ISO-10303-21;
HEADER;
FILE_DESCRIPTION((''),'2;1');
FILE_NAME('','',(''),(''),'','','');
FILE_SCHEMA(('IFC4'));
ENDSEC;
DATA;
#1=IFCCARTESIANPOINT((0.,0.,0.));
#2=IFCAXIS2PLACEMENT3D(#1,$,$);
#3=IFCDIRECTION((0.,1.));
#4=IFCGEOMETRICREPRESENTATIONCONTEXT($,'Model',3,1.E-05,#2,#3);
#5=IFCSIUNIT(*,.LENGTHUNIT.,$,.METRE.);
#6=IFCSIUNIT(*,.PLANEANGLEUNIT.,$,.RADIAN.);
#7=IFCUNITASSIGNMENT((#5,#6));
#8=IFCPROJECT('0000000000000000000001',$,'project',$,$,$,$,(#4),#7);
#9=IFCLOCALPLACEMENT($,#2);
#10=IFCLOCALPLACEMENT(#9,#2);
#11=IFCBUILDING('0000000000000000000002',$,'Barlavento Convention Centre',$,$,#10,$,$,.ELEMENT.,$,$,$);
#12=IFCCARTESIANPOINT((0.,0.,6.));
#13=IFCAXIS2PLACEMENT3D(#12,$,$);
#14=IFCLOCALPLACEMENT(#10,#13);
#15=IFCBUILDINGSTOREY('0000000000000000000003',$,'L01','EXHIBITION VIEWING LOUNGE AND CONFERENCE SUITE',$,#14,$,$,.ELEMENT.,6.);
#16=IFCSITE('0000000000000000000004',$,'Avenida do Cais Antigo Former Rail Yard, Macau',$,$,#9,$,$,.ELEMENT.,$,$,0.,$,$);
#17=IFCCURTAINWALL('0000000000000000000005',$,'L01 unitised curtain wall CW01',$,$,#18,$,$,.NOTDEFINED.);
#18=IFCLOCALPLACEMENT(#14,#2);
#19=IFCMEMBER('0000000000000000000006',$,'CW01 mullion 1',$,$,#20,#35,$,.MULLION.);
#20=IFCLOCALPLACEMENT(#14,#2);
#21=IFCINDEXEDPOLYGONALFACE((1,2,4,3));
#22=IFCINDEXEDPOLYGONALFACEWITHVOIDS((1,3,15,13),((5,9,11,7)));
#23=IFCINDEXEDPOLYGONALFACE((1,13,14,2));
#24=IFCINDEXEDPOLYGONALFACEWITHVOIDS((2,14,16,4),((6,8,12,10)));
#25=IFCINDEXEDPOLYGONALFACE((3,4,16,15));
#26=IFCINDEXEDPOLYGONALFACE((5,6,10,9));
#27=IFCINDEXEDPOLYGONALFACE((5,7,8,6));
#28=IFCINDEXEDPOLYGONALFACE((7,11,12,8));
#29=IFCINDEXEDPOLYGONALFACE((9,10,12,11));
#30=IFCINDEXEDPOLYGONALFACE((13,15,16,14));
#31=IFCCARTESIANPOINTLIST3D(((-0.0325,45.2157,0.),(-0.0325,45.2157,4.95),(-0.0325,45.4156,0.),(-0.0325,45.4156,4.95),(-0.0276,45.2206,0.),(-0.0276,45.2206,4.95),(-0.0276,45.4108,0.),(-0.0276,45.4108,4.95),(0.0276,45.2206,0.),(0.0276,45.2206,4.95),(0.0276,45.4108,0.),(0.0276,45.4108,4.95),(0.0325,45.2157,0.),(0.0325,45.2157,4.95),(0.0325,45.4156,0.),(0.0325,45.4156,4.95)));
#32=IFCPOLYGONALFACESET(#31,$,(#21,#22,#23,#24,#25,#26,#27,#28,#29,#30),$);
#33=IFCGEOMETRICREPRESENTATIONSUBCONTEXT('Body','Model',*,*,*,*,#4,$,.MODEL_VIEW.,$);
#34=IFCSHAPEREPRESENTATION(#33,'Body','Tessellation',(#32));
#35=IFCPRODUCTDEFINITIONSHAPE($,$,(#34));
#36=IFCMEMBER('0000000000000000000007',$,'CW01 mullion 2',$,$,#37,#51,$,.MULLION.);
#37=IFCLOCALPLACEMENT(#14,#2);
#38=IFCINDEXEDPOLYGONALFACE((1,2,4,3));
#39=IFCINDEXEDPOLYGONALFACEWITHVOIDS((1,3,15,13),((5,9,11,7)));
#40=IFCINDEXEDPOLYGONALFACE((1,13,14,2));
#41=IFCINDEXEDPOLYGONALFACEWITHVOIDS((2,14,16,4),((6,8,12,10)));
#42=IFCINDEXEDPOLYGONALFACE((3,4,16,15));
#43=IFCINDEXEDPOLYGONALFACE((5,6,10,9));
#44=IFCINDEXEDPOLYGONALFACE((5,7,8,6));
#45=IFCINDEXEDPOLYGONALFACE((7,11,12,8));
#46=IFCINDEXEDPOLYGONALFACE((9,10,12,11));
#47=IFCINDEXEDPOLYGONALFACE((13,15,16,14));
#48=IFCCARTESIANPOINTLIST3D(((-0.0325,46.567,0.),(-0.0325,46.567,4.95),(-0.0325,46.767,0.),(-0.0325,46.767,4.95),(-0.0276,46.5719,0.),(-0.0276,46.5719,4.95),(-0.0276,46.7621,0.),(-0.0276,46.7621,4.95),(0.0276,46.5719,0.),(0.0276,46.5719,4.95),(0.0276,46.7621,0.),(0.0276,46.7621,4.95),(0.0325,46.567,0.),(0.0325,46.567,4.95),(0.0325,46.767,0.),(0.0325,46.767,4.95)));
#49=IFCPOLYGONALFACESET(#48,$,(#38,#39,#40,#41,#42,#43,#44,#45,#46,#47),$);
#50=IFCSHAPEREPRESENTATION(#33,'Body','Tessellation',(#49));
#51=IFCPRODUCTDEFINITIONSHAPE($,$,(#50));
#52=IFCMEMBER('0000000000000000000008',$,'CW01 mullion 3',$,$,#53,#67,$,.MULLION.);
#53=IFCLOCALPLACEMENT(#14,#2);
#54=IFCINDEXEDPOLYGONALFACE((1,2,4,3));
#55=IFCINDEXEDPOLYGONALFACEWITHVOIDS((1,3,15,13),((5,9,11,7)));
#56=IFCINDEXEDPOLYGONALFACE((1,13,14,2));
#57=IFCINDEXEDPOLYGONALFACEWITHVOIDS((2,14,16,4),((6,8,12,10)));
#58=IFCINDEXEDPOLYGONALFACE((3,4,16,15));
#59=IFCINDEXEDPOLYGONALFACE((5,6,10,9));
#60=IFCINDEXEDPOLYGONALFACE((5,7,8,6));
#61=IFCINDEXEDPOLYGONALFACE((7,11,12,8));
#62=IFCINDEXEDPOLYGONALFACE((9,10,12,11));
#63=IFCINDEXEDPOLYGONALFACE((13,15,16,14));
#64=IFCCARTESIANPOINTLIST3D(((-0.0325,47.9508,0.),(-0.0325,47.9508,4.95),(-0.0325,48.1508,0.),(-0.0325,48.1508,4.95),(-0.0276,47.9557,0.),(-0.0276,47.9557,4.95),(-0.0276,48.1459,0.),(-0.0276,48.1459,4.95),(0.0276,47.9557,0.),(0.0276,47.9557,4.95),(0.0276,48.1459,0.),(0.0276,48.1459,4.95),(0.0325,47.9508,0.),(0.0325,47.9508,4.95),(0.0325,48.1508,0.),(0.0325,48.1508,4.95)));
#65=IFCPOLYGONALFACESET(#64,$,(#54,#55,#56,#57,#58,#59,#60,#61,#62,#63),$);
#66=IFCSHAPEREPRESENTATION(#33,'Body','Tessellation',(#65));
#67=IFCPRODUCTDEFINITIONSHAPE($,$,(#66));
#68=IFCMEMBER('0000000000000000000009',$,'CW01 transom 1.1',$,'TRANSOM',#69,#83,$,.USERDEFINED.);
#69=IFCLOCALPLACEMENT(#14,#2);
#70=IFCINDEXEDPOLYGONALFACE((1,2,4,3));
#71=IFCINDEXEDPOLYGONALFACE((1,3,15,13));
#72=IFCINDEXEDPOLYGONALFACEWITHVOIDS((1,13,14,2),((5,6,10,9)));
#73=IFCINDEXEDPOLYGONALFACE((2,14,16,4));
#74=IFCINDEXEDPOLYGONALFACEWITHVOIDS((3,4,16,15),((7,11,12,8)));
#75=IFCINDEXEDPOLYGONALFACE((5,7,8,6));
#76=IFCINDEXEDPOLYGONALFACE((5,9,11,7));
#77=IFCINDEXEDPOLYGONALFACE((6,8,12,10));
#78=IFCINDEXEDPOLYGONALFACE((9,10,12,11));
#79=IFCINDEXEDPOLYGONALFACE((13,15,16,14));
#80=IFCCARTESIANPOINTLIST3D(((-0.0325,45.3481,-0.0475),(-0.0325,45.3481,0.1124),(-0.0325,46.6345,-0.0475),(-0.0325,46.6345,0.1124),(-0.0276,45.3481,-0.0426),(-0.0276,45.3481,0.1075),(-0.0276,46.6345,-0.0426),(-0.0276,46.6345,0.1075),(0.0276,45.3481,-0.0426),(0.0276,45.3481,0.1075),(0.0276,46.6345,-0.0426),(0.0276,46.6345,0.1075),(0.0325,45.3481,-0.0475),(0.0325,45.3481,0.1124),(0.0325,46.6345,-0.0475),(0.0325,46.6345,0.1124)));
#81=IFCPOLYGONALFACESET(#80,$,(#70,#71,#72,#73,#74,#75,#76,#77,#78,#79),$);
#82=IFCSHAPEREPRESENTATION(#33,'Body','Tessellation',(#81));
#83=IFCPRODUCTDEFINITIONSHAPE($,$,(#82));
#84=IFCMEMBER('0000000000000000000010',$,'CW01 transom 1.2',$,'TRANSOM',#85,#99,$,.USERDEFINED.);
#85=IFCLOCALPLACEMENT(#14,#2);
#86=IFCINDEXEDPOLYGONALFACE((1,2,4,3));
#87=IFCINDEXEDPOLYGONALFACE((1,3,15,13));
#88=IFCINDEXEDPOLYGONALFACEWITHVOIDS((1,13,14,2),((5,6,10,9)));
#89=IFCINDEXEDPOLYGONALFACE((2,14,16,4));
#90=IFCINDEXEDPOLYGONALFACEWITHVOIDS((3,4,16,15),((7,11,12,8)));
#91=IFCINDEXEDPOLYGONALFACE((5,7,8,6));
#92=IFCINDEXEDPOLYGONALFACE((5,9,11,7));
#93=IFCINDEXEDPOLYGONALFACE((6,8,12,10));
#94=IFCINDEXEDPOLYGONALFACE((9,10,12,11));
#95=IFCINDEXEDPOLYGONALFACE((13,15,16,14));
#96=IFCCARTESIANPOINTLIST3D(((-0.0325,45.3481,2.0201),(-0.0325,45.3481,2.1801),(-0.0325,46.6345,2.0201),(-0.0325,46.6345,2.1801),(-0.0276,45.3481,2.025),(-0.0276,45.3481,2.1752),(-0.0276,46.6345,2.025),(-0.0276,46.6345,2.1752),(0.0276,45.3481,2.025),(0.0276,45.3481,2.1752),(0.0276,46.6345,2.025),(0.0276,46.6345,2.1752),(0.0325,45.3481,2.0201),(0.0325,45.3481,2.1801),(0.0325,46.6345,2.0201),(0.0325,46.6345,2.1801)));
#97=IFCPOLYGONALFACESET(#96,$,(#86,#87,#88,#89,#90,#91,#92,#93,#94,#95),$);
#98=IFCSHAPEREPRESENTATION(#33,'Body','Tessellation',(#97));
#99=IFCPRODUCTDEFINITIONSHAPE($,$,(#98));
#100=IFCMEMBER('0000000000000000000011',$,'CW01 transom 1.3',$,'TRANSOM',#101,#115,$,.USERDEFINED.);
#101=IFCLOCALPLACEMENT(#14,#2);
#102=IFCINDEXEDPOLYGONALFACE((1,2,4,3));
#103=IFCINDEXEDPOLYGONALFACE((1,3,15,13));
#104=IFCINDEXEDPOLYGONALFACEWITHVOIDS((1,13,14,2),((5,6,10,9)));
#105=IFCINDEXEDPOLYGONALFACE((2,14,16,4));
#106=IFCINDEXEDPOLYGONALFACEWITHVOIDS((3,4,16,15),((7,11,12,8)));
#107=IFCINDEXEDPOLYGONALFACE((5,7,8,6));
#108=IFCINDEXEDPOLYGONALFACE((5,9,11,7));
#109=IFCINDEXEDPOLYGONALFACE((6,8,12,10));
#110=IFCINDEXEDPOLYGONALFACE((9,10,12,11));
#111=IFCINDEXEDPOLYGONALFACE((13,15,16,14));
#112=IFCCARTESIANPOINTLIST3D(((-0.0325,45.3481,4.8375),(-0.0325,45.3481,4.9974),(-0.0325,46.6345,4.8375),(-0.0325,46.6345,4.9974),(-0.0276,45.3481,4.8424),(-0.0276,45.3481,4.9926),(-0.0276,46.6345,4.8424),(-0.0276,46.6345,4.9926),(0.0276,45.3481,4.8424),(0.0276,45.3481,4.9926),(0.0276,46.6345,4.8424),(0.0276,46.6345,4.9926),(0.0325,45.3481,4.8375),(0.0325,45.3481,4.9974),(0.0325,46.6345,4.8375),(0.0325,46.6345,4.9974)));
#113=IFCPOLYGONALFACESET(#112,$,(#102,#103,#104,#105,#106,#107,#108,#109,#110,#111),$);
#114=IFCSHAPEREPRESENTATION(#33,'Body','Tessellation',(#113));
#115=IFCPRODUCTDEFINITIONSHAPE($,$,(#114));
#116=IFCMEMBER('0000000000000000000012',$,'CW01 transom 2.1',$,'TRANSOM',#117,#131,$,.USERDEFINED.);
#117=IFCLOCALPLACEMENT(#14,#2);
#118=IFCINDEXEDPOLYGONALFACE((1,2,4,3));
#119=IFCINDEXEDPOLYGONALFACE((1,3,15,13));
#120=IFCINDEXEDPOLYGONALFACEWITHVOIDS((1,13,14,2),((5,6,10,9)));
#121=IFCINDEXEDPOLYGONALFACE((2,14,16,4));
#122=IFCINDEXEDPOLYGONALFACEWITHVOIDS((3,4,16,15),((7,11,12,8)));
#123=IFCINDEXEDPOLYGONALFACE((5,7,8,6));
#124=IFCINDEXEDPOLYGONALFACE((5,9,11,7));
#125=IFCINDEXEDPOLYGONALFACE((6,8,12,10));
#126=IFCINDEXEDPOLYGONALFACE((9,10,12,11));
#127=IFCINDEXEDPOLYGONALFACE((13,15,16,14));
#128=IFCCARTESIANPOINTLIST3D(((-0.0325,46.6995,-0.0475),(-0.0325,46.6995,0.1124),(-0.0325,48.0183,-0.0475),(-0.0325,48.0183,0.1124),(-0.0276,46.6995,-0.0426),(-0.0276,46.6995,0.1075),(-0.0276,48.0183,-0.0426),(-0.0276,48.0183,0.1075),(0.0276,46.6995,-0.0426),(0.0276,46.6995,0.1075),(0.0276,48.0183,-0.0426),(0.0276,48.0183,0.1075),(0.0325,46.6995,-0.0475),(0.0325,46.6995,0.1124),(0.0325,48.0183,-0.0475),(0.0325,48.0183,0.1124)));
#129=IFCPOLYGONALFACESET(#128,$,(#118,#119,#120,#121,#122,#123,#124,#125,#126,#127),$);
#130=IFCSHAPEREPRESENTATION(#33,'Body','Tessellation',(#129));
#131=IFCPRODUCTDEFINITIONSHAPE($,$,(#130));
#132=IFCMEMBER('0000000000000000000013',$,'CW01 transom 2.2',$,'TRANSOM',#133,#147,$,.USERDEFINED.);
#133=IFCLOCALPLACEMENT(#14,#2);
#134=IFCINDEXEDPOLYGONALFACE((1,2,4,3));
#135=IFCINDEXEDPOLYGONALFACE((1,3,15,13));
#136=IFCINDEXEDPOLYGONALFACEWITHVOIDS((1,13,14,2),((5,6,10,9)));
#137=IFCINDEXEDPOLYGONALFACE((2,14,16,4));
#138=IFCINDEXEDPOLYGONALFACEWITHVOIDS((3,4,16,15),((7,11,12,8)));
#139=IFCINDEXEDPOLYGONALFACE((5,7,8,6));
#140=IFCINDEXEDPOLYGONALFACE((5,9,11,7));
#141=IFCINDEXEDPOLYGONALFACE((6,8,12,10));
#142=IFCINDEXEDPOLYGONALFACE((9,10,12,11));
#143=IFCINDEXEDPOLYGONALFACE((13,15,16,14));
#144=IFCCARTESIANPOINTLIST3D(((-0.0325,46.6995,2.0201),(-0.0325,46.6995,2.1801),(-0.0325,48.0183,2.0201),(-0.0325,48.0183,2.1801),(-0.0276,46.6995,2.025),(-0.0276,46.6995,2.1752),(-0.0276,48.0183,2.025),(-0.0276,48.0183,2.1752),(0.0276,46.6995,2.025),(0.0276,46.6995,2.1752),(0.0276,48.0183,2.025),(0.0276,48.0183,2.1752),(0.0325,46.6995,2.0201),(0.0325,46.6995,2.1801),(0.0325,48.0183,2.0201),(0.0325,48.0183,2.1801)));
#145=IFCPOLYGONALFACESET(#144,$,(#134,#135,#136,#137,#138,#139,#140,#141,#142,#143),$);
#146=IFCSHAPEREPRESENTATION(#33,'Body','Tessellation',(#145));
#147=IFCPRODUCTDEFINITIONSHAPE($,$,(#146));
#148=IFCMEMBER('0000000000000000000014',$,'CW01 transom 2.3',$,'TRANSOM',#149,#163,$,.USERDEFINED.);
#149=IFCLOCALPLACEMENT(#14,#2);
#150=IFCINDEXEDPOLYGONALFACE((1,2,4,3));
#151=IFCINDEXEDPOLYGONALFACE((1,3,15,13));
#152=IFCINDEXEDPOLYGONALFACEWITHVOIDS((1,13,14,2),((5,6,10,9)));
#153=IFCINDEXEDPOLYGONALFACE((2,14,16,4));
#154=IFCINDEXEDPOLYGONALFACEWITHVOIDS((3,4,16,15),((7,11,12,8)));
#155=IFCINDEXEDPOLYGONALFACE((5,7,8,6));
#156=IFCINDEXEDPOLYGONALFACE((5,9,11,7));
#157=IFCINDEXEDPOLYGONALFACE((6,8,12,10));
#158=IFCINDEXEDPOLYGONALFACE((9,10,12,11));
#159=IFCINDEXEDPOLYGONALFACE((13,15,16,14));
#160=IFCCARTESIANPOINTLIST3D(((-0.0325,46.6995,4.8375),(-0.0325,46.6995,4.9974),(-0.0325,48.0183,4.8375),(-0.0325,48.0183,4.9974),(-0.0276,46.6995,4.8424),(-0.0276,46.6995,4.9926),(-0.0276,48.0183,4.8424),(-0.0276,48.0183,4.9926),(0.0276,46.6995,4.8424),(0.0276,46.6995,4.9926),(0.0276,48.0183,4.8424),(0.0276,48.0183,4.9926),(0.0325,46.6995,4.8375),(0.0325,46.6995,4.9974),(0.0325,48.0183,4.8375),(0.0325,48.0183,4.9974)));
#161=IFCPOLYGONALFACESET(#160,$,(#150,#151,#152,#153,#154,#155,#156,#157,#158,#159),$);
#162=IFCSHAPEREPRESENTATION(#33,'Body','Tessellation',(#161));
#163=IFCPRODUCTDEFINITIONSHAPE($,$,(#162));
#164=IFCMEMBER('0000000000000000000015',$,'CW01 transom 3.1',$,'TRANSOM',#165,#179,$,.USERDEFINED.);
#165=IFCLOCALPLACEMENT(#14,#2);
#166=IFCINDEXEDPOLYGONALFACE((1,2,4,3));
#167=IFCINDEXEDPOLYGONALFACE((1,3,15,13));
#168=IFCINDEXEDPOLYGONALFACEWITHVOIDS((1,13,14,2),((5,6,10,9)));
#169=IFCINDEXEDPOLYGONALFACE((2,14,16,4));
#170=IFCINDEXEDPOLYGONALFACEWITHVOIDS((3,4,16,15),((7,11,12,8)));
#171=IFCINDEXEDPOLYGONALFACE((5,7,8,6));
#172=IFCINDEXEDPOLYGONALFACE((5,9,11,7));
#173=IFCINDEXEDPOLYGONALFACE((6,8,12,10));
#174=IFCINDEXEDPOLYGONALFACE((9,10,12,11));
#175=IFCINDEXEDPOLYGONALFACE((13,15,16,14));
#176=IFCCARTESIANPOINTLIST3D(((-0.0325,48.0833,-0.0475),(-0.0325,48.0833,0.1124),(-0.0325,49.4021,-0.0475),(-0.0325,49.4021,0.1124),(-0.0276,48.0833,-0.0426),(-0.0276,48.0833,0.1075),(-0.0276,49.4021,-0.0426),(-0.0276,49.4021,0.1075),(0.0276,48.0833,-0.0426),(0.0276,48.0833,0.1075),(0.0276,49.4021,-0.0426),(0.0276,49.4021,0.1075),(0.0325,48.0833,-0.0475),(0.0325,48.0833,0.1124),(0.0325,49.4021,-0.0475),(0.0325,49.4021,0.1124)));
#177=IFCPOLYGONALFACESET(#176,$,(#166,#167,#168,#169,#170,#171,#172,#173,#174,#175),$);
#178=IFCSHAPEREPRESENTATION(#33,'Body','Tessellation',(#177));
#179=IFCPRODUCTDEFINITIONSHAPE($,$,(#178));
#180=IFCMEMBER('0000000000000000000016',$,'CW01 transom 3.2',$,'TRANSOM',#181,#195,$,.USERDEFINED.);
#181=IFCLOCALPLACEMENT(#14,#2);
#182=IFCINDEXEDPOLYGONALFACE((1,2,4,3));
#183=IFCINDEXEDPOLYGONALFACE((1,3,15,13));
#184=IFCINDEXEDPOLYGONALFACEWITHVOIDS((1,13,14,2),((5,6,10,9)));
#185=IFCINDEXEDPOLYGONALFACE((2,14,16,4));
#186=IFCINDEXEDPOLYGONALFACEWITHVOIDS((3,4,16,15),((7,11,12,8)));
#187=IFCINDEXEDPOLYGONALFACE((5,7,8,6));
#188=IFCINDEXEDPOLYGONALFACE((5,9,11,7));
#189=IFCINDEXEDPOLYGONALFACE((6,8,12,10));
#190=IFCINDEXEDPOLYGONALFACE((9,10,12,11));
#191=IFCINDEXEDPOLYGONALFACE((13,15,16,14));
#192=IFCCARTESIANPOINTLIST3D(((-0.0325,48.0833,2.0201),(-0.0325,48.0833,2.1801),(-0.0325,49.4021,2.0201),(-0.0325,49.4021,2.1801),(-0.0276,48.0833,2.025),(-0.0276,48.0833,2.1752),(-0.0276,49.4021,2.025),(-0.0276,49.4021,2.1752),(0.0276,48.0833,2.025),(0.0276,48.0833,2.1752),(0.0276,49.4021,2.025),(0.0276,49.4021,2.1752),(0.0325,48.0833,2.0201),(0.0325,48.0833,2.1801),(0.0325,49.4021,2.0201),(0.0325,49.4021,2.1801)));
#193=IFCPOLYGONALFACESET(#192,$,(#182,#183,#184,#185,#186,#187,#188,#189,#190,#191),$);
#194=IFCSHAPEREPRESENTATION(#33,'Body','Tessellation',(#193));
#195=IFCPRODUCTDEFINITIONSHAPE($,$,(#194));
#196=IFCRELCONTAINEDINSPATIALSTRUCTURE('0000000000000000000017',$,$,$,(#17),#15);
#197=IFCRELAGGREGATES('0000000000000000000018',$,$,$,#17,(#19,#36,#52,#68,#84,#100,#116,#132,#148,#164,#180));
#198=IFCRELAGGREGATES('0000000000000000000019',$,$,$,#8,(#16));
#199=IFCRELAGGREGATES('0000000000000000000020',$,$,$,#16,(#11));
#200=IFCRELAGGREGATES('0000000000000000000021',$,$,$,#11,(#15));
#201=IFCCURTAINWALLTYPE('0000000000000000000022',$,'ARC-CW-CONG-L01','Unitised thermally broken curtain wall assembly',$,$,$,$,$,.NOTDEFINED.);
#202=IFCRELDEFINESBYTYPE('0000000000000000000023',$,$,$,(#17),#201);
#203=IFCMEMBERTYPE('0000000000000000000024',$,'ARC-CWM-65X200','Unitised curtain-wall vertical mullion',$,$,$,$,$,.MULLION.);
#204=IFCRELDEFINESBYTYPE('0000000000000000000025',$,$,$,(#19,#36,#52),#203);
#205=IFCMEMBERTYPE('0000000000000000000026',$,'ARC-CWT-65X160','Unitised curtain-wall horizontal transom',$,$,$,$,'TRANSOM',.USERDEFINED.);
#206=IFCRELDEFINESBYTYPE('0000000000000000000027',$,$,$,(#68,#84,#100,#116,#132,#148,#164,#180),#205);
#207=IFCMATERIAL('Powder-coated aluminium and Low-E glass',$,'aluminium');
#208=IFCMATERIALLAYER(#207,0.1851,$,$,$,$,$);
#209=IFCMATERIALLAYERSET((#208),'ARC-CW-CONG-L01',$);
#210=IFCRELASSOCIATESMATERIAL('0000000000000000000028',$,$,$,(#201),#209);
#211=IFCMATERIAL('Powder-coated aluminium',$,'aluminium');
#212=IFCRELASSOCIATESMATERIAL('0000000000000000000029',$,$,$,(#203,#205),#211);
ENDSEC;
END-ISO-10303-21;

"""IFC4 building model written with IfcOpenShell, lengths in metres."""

from ifc_helpers import new_model, si_unit, direction, frame, origin, origin_2d, place, context, subcontext, project, spatial, hollow_rectangle, extrude, material, layer, layer_set, material_profile, profile_set, type_object, element, aggregate, save


model = new_model("IFC4")

# Units and contexts
model_context = context("Model", 3, precision=1e-05, world=origin(), true_north=direction((0.0, 1.0)))
body_context = subcontext(model_context, "Body", "Model", "MODEL_VIEW")
ifc_project = project(units=[si_unit("LENGTHUNIT", "METRE"), si_unit("PLANEANGLEUNIT", "RADIAN")], contexts=[model_context])

# Site, building, storey
site_placement = place(None, origin())
site = spatial("IfcSite", under=ifc_project, at=site_placement, Name="Avenida do Cais Antigo Former Rail Yard, Macau", CompositionType="ELEMENT", RefElevation=0.0)
building_placement = place(site_placement, origin())
building = spatial("IfcBuilding", under=site, at=building_placement, Name="Barlavento Convention Centre", CompositionType="ELEMENT")
storey_placement = place(building_placement, frame((0.0, 0.0, 6.0)))
storey = spatial("IfcBuildingStorey", under=building, at=storey_placement, Name="L01", Description="EXHIBITION VIEWING LOUNGE AND CONFERENCE SUITE", CompositionType="ELEMENT", Elevation=6.0)

# Curtain wall, members
ifc_material_1 = material(Name="Powder-coated aluminium and Low-E glass", Category="aluminium")
ifc_layer_1 = layer(ifc_material_1, 0.1851)
ifc_layer_set_1 = layer_set([ifc_layer_1], Name="ARC-CW-CONG-L01")
curtain_wall_type = type_object("IfcCurtainWallType", Name="ARC-CW-CONG-L01", Description="Unitised thermally broken curtain wall assembly", PredefinedType="NOTDEFINED", material=ifc_layer_set_1)
curtain_wall_placement = place(storey_placement, origin())
curtain_wall = element("IfcCurtainWall", 1, at=curtain_wall_placement, inside=storey, type_object=curtain_wall_type, Name="L01 unitised curtain wall CW01", PredefinedType="NOTDEFINED")
ifc_material_2 = material(Name="Powder-coated aluminium", Category="aluminium")
ifc_material_profile_1 = material_profile(ifc_material_2, hollow_rectangle(XDim=0.0649, YDim=0.2, WallThickness=0.0049, at=origin_2d()), Name="AL-MULL 65x200x5")
ifc_profile_set_1 = profile_set([ifc_material_profile_1], Name="Powder-coated aluminium")
member_type_1 = type_object("IfcMemberType", Name="ARC-CWM-65X200", Description="Unitised curtain-wall vertical mullion", PredefinedType="MULLION", material=ifc_profile_set_1)
member_1_placement = place(storey_placement, frame((0.0, 45.3157, 0.0), z_axis=(0.0, 0.0, 1.0), x_axis=(-1.0, 0.0, 0.0)))
member_1 = element("IfcMember", 2, at=member_1_placement, type_object=member_type_1, Name="CW01 mullion 1", PredefinedType="MULLION", context=body_context, shape_type="SweptSolid", body=[
    extrude(hollow_rectangle(XDim=0.0649, YDim=0.2, WallThickness=0.0049, at=origin_2d()), origin(), (0.0, 0.0, 1.0), 4.95),
])
member_2_placement = place(storey_placement, frame((0.0, 46.667, 0.0), z_axis=(0.0, 0.0, 1.0), x_axis=(-1.0, 0.0, 0.0)))
member_2 = element("IfcMember", 3, at=member_2_placement, type_object=member_type_1, Name="CW01 mullion 2", PredefinedType="MULLION", context=body_context, shape_type="SweptSolid", body=[
    extrude(hollow_rectangle(XDim=0.0649, YDim=0.2, WallThickness=0.0049, at=origin_2d()), origin(), (0.0, 0.0, 1.0), 4.95),
])
member_3_placement = place(storey_placement, frame((0.0, 48.0508, 0.0), z_axis=(0.0, 0.0, 1.0), x_axis=(-1.0, 0.0, 0.0)))
member_3 = element("IfcMember", 4, at=member_3_placement, type_object=member_type_1, Name="CW01 mullion 3", PredefinedType="MULLION", context=body_context, shape_type="SweptSolid", body=[
    extrude(hollow_rectangle(XDim=0.0649, YDim=0.2, WallThickness=0.0049, at=origin_2d()), origin(), (0.0, 0.0, 1.0), 4.95),
])
ifc_material_profile_2 = material_profile(ifc_material_2, hollow_rectangle(XDim=0.0649, YDim=0.1599, WallThickness=0.0049, at=origin_2d()), Name="AL-TRAN 65x160x5")
ifc_profile_set_2 = profile_set([ifc_material_profile_2], Name="Powder-coated aluminium")
member_type_2 = type_object("IfcMemberType", Name="ARC-CWT-65X160", Description="Unitised curtain-wall horizontal transom", ElementType="TRANSOM", PredefinedType="USERDEFINED", material=ifc_profile_set_2)
member_4_placement = place(storey_placement, frame((0.0, 45.3481, 0.0325), z_axis=(0.0, 1.0, 0.0), x_axis=(-1.0, 0.0, 0.0)))
member_4 = element("IfcMember", 5, at=member_4_placement, type_object=member_type_2, Name="CW01 transom 1.1", ObjectType="TRANSOM", PredefinedType="USERDEFINED", context=body_context, shape_type="SweptSolid", body=[
    extrude(hollow_rectangle(XDim=0.0649, YDim=0.1599, WallThickness=0.0049, at=origin_2d()), origin(), (0.0, 0.0, 1.0), 1.2864),
])
member_5_placement = place(storey_placement, frame((0.0, 45.3481, 2.1001), z_axis=(0.0, 1.0, 0.0), x_axis=(-1.0, 0.0, 0.0)))
member_5 = element("IfcMember", 6, at=member_5_placement, type_object=member_type_2, Name="CW01 transom 1.2", ObjectType="TRANSOM", PredefinedType="USERDEFINED", context=body_context, shape_type="SweptSolid", body=[
    extrude(hollow_rectangle(XDim=0.0649, YDim=0.1599, WallThickness=0.0049, at=origin_2d()), origin(), (0.0, 0.0, 1.0), 1.2864),
])
member_6_placement = place(storey_placement, frame((0.0, 45.3481, 4.9175), z_axis=(0.0, 1.0, 0.0), x_axis=(-1.0, 0.0, 0.0)))
member_6 = element("IfcMember", 7, at=member_6_placement, type_object=member_type_2, Name="CW01 transom 1.3", ObjectType="TRANSOM", PredefinedType="USERDEFINED", context=body_context, shape_type="SweptSolid", body=[
    extrude(hollow_rectangle(XDim=0.0649, YDim=0.1599, WallThickness=0.0049, at=origin_2d()), origin(), (0.0, 0.0, 1.0), 1.2864),
])
member_7_placement = place(storey_placement, frame((0.0, 46.6995, 0.0325), z_axis=(0.0, 1.0, 0.0), x_axis=(-1.0, 0.0, 0.0)))
member_7 = element("IfcMember", 8, at=member_7_placement, type_object=member_type_2, Name="CW01 transom 2.1", ObjectType="TRANSOM", PredefinedType="USERDEFINED", context=body_context, shape_type="SweptSolid", body=[
    extrude(hollow_rectangle(XDim=0.0649, YDim=0.1599, WallThickness=0.0049, at=origin_2d()), origin(), (0.0, 0.0, 1.0), 1.3188),
])
member_8_placement = place(storey_placement, frame((0.0, 46.6995, 2.1001), z_axis=(0.0, 1.0, 0.0), x_axis=(-1.0, 0.0, 0.0)))
member_8 = element("IfcMember", 9, at=member_8_placement, type_object=member_type_2, Name="CW01 transom 2.2", ObjectType="TRANSOM", PredefinedType="USERDEFINED", context=body_context, shape_type="SweptSolid", body=[
    extrude(hollow_rectangle(XDim=0.0649, YDim=0.1599, WallThickness=0.0049, at=origin_2d()), origin(), (0.0, 0.0, 1.0), 1.3188),
])
member_9_placement = place(storey_placement, frame((0.0, 46.6995, 4.9175), z_axis=(0.0, 1.0, 0.0), x_axis=(-1.0, 0.0, 0.0)))
member_9 = element("IfcMember", 10, at=member_9_placement, type_object=member_type_2, Name="CW01 transom 2.3", ObjectType="TRANSOM", PredefinedType="USERDEFINED", context=body_context, shape_type="SweptSolid", body=[
    extrude(hollow_rectangle(XDim=0.0649, YDim=0.1599, WallThickness=0.0049, at=origin_2d()), origin(), (0.0, 0.0, 1.0), 1.3188),
])
member_10_placement = place(storey_placement, frame((0.0, 48.0833, 0.0325), z_axis=(0.0, 1.0, 0.0), x_axis=(-1.0, 0.0, 0.0)))
member_10 = element("IfcMember", 11, at=member_10_placement, type_object=member_type_2, Name="CW01 transom 3.1", ObjectType="TRANSOM", PredefinedType="USERDEFINED", context=body_context, shape_type="SweptSolid", body=[
    extrude(hollow_rectangle(XDim=0.0649, YDim=0.1599, WallThickness=0.0049, at=origin_2d()), origin(), (0.0, 0.0, 1.0), 1.3188),
])
member_11_placement = place(storey_placement, frame((0.0, 48.0833, 2.1001), z_axis=(0.0, 1.0, 0.0), x_axis=(-1.0, 0.0, 0.0)))
member_11 = element("IfcMember", 12, at=member_11_placement, type_object=member_type_2, Name="CW01 transom 3.2", ObjectType="TRANSOM", PredefinedType="USERDEFINED", context=body_context, shape_type="SweptSolid", body=[
    extrude(hollow_rectangle(XDim=0.0649, YDim=0.1599, WallThickness=0.0049, at=origin_2d()), origin(), (0.0, 0.0, 1.0), 1.3188),
])
aggregate(curtain_wall, [member_1, member_2, member_3, member_4, member_5, member_6, member_7, member_8, member_9, member_10, member_11])

save(model, "model.ifc")
